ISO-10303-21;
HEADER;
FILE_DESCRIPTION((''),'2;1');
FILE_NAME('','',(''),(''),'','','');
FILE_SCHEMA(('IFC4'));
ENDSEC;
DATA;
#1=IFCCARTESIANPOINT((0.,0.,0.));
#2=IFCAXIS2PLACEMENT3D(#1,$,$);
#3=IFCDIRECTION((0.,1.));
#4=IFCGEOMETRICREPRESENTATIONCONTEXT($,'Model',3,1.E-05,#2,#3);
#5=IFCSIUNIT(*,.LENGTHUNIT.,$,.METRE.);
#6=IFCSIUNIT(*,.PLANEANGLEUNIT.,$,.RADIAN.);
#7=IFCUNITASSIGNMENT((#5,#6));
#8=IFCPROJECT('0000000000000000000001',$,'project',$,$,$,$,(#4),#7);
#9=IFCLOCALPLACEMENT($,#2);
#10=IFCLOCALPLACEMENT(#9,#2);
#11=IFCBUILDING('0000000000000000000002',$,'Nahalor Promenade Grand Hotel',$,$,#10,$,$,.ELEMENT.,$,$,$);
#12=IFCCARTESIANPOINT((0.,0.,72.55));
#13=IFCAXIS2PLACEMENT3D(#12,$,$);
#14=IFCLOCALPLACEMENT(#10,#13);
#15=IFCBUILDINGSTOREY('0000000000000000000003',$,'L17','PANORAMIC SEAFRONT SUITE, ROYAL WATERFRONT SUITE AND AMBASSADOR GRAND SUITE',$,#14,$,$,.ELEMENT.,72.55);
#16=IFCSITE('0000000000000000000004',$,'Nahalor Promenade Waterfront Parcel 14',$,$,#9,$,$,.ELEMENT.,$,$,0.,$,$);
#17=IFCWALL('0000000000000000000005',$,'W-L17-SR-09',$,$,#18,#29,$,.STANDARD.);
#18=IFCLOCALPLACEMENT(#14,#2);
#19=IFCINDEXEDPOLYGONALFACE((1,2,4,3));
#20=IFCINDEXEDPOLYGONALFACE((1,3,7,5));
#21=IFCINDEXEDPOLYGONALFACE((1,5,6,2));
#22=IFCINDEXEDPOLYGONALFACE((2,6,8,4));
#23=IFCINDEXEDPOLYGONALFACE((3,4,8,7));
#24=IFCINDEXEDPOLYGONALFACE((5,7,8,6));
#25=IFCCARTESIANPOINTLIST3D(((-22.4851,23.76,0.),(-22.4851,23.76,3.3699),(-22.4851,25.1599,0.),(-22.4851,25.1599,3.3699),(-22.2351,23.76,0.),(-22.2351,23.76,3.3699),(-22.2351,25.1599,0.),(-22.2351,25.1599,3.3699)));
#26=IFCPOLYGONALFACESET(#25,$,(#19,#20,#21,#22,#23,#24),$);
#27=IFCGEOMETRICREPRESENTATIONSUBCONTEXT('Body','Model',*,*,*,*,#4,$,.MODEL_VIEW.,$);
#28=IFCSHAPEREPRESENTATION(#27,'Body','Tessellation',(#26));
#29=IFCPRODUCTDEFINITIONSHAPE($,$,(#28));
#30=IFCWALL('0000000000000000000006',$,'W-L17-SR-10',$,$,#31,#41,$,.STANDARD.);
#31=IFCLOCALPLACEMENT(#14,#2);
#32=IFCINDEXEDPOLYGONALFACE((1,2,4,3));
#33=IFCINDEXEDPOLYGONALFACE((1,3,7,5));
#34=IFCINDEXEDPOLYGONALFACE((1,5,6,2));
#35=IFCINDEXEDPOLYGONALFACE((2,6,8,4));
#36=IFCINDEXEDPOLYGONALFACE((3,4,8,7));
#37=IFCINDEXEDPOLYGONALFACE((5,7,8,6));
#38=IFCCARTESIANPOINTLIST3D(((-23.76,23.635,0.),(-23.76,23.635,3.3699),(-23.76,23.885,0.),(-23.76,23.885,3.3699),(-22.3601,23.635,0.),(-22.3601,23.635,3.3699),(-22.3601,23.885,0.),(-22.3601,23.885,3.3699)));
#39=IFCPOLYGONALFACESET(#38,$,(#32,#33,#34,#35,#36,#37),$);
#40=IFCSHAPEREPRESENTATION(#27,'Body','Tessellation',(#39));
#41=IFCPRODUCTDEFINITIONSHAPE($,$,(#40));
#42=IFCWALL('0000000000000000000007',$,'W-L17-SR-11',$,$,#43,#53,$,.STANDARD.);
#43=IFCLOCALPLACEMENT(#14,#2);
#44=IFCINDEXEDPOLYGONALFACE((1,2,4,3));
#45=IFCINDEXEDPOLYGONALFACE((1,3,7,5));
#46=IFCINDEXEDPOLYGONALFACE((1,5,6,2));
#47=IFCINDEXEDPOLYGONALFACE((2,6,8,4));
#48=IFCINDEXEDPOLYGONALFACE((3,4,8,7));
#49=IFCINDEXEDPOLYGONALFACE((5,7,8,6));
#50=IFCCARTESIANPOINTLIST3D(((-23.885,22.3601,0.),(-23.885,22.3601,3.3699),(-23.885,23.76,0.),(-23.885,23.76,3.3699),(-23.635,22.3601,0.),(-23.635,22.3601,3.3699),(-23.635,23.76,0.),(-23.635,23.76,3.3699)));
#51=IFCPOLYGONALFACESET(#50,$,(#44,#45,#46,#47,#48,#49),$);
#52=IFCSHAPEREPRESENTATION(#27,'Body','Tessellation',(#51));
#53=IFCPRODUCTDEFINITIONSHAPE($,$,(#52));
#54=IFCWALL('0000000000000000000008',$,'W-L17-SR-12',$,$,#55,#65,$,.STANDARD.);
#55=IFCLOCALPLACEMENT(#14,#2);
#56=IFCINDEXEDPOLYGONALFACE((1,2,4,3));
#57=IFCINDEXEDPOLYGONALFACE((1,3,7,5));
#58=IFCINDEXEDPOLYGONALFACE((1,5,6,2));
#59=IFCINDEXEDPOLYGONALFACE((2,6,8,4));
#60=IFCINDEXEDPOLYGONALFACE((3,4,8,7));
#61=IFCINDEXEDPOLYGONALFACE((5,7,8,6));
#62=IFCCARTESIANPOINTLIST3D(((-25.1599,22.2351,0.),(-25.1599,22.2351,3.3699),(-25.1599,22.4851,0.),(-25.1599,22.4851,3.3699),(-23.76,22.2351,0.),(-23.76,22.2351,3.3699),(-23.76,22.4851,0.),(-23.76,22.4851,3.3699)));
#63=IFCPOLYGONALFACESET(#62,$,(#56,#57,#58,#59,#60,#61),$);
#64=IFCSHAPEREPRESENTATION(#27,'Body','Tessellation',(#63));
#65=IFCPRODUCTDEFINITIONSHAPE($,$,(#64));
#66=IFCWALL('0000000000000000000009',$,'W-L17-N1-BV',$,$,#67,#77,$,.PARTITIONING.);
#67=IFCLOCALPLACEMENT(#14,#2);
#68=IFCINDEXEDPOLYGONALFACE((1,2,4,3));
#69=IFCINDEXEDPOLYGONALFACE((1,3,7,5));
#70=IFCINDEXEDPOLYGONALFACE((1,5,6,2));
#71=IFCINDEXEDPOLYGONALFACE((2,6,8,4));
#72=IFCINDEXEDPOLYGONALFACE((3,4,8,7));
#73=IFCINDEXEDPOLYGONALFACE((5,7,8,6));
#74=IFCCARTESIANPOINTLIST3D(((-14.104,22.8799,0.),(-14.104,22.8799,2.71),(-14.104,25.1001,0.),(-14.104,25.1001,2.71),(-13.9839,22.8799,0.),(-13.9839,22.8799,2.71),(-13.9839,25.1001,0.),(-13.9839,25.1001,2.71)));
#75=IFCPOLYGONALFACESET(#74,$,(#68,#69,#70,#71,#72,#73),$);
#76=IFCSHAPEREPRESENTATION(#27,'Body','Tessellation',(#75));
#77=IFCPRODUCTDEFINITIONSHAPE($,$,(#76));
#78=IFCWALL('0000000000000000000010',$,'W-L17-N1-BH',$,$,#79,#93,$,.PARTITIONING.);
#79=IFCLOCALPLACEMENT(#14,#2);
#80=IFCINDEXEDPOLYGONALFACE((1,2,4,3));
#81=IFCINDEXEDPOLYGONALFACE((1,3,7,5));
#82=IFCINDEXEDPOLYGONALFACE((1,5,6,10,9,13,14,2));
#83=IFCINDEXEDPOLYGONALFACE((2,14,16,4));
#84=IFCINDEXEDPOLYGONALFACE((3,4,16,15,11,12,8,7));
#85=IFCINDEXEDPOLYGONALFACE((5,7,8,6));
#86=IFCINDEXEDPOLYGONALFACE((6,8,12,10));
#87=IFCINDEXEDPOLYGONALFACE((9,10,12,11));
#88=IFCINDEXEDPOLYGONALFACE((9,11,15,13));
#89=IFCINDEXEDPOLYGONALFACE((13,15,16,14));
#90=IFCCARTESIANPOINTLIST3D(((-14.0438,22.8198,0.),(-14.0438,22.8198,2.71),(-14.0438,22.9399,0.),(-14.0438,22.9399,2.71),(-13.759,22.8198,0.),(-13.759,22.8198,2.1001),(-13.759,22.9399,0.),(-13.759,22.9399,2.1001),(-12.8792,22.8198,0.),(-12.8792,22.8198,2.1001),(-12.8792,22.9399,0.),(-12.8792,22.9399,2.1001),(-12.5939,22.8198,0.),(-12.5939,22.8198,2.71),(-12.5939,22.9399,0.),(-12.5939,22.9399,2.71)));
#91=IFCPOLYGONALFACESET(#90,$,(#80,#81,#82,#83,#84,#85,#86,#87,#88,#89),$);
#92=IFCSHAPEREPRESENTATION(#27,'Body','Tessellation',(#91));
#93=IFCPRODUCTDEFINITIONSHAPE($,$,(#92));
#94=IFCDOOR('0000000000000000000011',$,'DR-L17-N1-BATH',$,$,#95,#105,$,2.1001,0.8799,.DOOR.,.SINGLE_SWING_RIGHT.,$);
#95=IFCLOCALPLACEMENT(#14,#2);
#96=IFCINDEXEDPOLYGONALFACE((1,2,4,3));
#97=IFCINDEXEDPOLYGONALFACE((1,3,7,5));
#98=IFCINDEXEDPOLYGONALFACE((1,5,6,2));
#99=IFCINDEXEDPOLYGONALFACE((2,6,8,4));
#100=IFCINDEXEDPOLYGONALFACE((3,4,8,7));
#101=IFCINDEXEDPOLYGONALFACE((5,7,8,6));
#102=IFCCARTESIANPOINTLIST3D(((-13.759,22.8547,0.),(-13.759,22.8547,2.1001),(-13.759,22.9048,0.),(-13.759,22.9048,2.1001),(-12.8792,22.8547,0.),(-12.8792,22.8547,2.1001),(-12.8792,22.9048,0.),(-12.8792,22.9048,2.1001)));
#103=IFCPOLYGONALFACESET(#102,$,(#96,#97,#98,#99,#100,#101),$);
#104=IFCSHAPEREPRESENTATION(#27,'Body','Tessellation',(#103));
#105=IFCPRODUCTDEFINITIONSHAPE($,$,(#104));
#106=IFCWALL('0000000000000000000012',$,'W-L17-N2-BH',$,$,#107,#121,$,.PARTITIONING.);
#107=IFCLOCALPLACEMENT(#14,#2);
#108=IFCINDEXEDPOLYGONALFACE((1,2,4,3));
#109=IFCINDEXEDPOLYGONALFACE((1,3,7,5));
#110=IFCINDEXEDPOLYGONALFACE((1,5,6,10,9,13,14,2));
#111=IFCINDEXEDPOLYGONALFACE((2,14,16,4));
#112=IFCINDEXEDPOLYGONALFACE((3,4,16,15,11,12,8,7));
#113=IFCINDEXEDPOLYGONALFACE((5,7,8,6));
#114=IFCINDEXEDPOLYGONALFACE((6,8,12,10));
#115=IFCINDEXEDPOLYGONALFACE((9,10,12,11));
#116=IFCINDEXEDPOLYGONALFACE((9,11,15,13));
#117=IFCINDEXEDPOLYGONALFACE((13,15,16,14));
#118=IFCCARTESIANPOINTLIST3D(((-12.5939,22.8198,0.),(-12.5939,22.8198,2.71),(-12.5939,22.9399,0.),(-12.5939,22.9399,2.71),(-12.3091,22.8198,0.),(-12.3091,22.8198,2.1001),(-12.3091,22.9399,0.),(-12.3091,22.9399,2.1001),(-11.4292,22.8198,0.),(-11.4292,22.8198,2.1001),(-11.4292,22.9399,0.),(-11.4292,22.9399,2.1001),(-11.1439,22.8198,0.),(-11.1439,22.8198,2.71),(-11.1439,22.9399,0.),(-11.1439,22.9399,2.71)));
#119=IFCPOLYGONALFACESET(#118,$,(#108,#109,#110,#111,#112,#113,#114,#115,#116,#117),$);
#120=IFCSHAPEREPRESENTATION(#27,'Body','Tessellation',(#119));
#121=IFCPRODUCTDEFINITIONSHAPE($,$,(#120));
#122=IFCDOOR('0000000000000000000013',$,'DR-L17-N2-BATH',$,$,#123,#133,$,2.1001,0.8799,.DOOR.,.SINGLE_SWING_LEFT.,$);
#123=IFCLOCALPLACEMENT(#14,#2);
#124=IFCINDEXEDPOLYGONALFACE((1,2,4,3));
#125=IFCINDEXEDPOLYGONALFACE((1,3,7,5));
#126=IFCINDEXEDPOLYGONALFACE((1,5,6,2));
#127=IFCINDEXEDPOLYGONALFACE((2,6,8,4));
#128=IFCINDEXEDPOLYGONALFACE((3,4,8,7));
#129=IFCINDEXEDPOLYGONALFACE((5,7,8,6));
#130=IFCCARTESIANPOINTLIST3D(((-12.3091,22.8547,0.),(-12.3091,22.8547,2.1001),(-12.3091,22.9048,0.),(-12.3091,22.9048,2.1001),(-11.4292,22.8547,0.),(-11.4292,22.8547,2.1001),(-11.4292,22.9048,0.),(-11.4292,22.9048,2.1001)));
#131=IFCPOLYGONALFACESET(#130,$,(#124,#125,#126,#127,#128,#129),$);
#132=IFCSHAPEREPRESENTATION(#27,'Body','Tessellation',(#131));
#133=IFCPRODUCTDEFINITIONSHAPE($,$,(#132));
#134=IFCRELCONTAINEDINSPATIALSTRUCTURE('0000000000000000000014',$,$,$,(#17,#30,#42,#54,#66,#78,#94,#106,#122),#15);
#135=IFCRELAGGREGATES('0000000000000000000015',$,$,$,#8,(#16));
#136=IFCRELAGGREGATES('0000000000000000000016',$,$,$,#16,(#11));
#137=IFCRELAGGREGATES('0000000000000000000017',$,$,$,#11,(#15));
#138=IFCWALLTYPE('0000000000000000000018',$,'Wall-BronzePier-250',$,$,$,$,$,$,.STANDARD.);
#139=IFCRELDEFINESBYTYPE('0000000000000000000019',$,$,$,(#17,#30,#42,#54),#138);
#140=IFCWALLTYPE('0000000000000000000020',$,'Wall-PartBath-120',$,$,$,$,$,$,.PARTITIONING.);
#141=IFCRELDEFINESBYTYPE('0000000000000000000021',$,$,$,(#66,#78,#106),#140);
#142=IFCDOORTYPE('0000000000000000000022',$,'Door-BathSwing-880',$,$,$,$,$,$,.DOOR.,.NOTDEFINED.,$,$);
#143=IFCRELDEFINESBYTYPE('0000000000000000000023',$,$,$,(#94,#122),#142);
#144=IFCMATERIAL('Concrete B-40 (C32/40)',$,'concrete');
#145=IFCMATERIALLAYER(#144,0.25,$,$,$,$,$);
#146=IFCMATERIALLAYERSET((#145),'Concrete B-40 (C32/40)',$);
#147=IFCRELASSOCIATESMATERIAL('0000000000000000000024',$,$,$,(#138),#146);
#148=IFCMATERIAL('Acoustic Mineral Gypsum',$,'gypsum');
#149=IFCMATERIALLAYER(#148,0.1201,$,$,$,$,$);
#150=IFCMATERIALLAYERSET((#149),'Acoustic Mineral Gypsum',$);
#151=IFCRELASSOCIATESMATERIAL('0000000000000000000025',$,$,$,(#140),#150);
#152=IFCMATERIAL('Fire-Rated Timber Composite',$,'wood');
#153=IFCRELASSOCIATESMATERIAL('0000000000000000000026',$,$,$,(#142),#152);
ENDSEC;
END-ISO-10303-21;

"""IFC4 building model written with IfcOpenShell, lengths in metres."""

from ifc_helpers import new_model, si_unit, direction, frame, frame_2d, origin, place, context, subcontext, project, spatial, rectangle, extrude, source, transform, mapped, material, layer, layer_set, type_object, element, fill, save


model = new_model("IFC4")

# Units and contexts
model_context = context("Model", 3, precision=1e-05, world=origin(), true_north=direction((0.0, 1.0)))
body_context = subcontext(model_context, "Body", "Model", "MODEL_VIEW")
ifc_project = project(units=[si_unit("LENGTHUNIT", "METRE"), si_unit("PLANEANGLEUNIT", "RADIAN")], contexts=[model_context])

# Site, building, storey
site_placement = place(None, origin())
site = spatial("IfcSite", under=ifc_project, at=site_placement, Name="Nahalor Promenade Waterfront Parcel 14", CompositionType="ELEMENT", RefElevation=0.0)
building_placement = place(site_placement, origin())
building = spatial("IfcBuilding", under=site, at=building_placement, Name="Nahalor Promenade Grand Hotel", CompositionType="ELEMENT")
storey_placement = place(building_placement, frame((0.0, 0.0, 72.55)))
storey = spatial("IfcBuildingStorey", under=building, at=storey_placement, Name="L17", Description="PANORAMIC SEAFRONT SUITE, ROYAL WATERFRONT SUITE AND AMBASSADOR GRAND SUITE", CompositionType="ELEMENT", Elevation=72.55)

# Walls
ifc_material_1 = material(Name="Concrete B-40 (C32/40)", Category="concrete")
ifc_layer_1 = layer(ifc_material_1, 0.25)
ifc_layer_set_1 = layer_set([ifc_layer_1], Name="Concrete B-40 (C32/40)")
wall_type_1 = type_object("IfcWallType", Name="Wall-BronzePier-250", PredefinedType="STANDARD", material=ifc_layer_set_1)
shared_shape_1 = source(origin(), body_context, "Body", "SweptSolid", [
    extrude(rectangle(XDim=1.3999, YDim=0.25, at=frame_2d((0.7, 0.0))), origin(), (0.0, 0.0, 1.0), 3.3699),
])
for number, where, z_axis, x_axis, name in (
    (1, (-22.3601, 23.76, 0.0), (0.0, 0.0, 1.0), (0.0, 1.0, 0.0), "W-L17-SR-09"),
    (2, (-23.76, 23.76, 0.0), (0.0, 0.0, 1.0), (1.0, 0.0, 0.0), "W-L17-SR-10"),
    (3, (-23.76, 22.3601, 0.0), (0.0, 0.0, 1.0), (0.0, 1.0, 0.0), "W-L17-SR-11"),
    (4, (-25.1599, 22.3601, 0.0), (0.0, 0.0, 1.0), (1.0, 0.0, 0.0), "W-L17-SR-12"),
):
    element("IfcWall", number, at=place(storey_placement, frame(where, z_axis=z_axis, x_axis=x_axis)), inside=storey, type_object=wall_type_1, Name=name, PredefinedType="STANDARD", context=body_context, shape_type="MappedRepresentation", body=[
        mapped(shared_shape_1, transform((0.0, 0.0, 0.0), scale=1.0)),
    ])
ifc_material_2 = material(Name="Acoustic Mineral Gypsum", Category="gypsum")
ifc_layer_2 = layer(ifc_material_2, 0.1201)
ifc_layer_set_2 = layer_set([ifc_layer_2], Name="Acoustic Mineral Gypsum")
wall_type_2 = type_object("IfcWallType", Name="Wall-PartBath-120", PredefinedType="PARTITIONING", material=ifc_layer_set_2)
shared_shape_2 = source(origin(), body_context, "Body", "SweptSolid", [
    extrude(rectangle(XDim=2.2202, YDim=0.1201, at=frame_2d((1.1101, 0.0))), origin(), (0.0, 0.0, 1.0), 2.71),
])
wall_1_placement = place(storey_placement, frame((-14.0439, 22.8799, 0.0), z_axis=(0.0, 0.0, 1.0), x_axis=(0.0, 1.0, 0.0)))
element("IfcWall", 5, at=wall_1_placement, inside=storey, type_object=wall_type_2, Name="W-L17-N1-BV", PredefinedType="PARTITIONING", context=body_context, shape_type="MappedRepresentation", body=[
    mapped(shared_shape_2, transform((0.0, 0.0, 0.0), scale=1.0)),
])

# Walls, openings, doors
shared_shape_3 = source(origin(), body_context, "Body", "SweptSolid", [
    extrude(rectangle(XDim=1.45, YDim=0.1201, at=frame_2d((0.7251, 0.0))), origin(), (0.0, 0.0, 1.0), 2.71),
])
wall_2_placement = place(storey_placement, frame((-14.0439, 22.8799, 0.0), z_axis=(0.0, 0.0, 1.0), x_axis=(1.0, 0.0, 0.0)))
wall_2 = element("IfcWall", 6, at=wall_2_placement, inside=storey, type_object=wall_type_2, Name="W-L17-N1-BH", PredefinedType="PARTITIONING", context=body_context, shape_type="MappedRepresentation", body=[
    mapped(shared_shape_3, transform((0.0, 0.0, 0.0), scale=1.0)),
])
opening_1_placement = place(wall_2_placement, frame((0.2849, 0.0, 0.0)))
opening_1 = element("IfcOpeningElement", 7, at=opening_1_placement, cuts=wall_2, PredefinedType="OPENING", context=body_context, shape_type="SweptSolid", body=[
    extrude(rectangle(XDim=0.8799, YDim=2.1001, at=frame_2d((0.4399, 1.05))), frame((0.0, 0.0701, 0.0), z_axis=(0.0, -1.0, 0.0), x_axis=(1.0, 0.0, 0.0)), (0.0, 0.0, 1.0), 0.1401),
])
ifc_material_3 = material(Name="Fire-Rated Timber Composite", Category="wood")
door_type = type_object("IfcDoorType", Name="Door-BathSwing-880", OperationType="NOTDEFINED", PredefinedType="DOOR", material=ifc_material_3)
shared_shape_4 = source(origin(), body_context, "Body", "SweptSolid", [
    extrude(rectangle(XDim=0.8799, YDim=2.1001, at=frame_2d((0.4399, 1.05))), frame((0.0, 0.0249, 0.0), z_axis=(0.0, -1.0, 0.0), x_axis=(1.0, 0.0, 0.0)), (0.0, 0.0, 1.0), 0.05),
])
door_1_placement = place(opening_1_placement, origin())
door_1 = element("IfcDoor", 8, at=door_1_placement, inside=storey, type_object=door_type, Name="DR-L17-N1-BATH", OperationType="SINGLE_SWING_RIGHT", OverallHeight=2.1001, OverallWidth=0.8799, PredefinedType="DOOR", context=body_context, shape_type="MappedRepresentation", body=[
    mapped(shared_shape_4, transform((0.0, 0.0, 0.0), scale=1.0)),
])
fill(opening_1, door_1)
wall_3_placement = place(storey_placement, frame((-12.594, 22.8799, 0.0), z_axis=(0.0, 0.0, 1.0), x_axis=(1.0, 0.0, 0.0)))
wall_3 = element("IfcWall", 9, at=wall_3_placement, inside=storey, type_object=wall_type_2, Name="W-L17-N2-BH", PredefinedType="PARTITIONING", context=body_context, shape_type="MappedRepresentation", body=[
    mapped(shared_shape_3, transform((0.0, 0.0, 0.0), scale=1.0)),
])
opening_2_placement = place(wall_3_placement, frame((0.2849, 0.0, 0.0)))
opening_2 = element("IfcOpeningElement", 10, at=opening_2_placement, cuts=wall_3, PredefinedType="OPENING", context=body_context, shape_type="SweptSolid", body=[
    extrude(rectangle(XDim=0.8799, YDim=2.1001, at=frame_2d((0.4399, 1.05))), frame((0.0, 0.0701, 0.0), z_axis=(0.0, -1.0, 0.0), x_axis=(1.0, 0.0, 0.0)), (0.0, 0.0, 1.0), 0.1401),
])
door_2_placement = place(opening_2_placement, origin())
door_2 = element("IfcDoor", 11, at=door_2_placement, inside=storey, type_object=door_type, Name="DR-L17-N2-BATH", OperationType="SINGLE_SWING_LEFT", OverallHeight=2.1001, OverallWidth=0.8799, PredefinedType="DOOR", context=body_context, shape_type="MappedRepresentation", body=[
    mapped(shared_shape_4, transform((0.0, 0.0, 0.0), scale=1.0)),
])
fill(opening_2, door_2)

save(model, "model.ifc")
